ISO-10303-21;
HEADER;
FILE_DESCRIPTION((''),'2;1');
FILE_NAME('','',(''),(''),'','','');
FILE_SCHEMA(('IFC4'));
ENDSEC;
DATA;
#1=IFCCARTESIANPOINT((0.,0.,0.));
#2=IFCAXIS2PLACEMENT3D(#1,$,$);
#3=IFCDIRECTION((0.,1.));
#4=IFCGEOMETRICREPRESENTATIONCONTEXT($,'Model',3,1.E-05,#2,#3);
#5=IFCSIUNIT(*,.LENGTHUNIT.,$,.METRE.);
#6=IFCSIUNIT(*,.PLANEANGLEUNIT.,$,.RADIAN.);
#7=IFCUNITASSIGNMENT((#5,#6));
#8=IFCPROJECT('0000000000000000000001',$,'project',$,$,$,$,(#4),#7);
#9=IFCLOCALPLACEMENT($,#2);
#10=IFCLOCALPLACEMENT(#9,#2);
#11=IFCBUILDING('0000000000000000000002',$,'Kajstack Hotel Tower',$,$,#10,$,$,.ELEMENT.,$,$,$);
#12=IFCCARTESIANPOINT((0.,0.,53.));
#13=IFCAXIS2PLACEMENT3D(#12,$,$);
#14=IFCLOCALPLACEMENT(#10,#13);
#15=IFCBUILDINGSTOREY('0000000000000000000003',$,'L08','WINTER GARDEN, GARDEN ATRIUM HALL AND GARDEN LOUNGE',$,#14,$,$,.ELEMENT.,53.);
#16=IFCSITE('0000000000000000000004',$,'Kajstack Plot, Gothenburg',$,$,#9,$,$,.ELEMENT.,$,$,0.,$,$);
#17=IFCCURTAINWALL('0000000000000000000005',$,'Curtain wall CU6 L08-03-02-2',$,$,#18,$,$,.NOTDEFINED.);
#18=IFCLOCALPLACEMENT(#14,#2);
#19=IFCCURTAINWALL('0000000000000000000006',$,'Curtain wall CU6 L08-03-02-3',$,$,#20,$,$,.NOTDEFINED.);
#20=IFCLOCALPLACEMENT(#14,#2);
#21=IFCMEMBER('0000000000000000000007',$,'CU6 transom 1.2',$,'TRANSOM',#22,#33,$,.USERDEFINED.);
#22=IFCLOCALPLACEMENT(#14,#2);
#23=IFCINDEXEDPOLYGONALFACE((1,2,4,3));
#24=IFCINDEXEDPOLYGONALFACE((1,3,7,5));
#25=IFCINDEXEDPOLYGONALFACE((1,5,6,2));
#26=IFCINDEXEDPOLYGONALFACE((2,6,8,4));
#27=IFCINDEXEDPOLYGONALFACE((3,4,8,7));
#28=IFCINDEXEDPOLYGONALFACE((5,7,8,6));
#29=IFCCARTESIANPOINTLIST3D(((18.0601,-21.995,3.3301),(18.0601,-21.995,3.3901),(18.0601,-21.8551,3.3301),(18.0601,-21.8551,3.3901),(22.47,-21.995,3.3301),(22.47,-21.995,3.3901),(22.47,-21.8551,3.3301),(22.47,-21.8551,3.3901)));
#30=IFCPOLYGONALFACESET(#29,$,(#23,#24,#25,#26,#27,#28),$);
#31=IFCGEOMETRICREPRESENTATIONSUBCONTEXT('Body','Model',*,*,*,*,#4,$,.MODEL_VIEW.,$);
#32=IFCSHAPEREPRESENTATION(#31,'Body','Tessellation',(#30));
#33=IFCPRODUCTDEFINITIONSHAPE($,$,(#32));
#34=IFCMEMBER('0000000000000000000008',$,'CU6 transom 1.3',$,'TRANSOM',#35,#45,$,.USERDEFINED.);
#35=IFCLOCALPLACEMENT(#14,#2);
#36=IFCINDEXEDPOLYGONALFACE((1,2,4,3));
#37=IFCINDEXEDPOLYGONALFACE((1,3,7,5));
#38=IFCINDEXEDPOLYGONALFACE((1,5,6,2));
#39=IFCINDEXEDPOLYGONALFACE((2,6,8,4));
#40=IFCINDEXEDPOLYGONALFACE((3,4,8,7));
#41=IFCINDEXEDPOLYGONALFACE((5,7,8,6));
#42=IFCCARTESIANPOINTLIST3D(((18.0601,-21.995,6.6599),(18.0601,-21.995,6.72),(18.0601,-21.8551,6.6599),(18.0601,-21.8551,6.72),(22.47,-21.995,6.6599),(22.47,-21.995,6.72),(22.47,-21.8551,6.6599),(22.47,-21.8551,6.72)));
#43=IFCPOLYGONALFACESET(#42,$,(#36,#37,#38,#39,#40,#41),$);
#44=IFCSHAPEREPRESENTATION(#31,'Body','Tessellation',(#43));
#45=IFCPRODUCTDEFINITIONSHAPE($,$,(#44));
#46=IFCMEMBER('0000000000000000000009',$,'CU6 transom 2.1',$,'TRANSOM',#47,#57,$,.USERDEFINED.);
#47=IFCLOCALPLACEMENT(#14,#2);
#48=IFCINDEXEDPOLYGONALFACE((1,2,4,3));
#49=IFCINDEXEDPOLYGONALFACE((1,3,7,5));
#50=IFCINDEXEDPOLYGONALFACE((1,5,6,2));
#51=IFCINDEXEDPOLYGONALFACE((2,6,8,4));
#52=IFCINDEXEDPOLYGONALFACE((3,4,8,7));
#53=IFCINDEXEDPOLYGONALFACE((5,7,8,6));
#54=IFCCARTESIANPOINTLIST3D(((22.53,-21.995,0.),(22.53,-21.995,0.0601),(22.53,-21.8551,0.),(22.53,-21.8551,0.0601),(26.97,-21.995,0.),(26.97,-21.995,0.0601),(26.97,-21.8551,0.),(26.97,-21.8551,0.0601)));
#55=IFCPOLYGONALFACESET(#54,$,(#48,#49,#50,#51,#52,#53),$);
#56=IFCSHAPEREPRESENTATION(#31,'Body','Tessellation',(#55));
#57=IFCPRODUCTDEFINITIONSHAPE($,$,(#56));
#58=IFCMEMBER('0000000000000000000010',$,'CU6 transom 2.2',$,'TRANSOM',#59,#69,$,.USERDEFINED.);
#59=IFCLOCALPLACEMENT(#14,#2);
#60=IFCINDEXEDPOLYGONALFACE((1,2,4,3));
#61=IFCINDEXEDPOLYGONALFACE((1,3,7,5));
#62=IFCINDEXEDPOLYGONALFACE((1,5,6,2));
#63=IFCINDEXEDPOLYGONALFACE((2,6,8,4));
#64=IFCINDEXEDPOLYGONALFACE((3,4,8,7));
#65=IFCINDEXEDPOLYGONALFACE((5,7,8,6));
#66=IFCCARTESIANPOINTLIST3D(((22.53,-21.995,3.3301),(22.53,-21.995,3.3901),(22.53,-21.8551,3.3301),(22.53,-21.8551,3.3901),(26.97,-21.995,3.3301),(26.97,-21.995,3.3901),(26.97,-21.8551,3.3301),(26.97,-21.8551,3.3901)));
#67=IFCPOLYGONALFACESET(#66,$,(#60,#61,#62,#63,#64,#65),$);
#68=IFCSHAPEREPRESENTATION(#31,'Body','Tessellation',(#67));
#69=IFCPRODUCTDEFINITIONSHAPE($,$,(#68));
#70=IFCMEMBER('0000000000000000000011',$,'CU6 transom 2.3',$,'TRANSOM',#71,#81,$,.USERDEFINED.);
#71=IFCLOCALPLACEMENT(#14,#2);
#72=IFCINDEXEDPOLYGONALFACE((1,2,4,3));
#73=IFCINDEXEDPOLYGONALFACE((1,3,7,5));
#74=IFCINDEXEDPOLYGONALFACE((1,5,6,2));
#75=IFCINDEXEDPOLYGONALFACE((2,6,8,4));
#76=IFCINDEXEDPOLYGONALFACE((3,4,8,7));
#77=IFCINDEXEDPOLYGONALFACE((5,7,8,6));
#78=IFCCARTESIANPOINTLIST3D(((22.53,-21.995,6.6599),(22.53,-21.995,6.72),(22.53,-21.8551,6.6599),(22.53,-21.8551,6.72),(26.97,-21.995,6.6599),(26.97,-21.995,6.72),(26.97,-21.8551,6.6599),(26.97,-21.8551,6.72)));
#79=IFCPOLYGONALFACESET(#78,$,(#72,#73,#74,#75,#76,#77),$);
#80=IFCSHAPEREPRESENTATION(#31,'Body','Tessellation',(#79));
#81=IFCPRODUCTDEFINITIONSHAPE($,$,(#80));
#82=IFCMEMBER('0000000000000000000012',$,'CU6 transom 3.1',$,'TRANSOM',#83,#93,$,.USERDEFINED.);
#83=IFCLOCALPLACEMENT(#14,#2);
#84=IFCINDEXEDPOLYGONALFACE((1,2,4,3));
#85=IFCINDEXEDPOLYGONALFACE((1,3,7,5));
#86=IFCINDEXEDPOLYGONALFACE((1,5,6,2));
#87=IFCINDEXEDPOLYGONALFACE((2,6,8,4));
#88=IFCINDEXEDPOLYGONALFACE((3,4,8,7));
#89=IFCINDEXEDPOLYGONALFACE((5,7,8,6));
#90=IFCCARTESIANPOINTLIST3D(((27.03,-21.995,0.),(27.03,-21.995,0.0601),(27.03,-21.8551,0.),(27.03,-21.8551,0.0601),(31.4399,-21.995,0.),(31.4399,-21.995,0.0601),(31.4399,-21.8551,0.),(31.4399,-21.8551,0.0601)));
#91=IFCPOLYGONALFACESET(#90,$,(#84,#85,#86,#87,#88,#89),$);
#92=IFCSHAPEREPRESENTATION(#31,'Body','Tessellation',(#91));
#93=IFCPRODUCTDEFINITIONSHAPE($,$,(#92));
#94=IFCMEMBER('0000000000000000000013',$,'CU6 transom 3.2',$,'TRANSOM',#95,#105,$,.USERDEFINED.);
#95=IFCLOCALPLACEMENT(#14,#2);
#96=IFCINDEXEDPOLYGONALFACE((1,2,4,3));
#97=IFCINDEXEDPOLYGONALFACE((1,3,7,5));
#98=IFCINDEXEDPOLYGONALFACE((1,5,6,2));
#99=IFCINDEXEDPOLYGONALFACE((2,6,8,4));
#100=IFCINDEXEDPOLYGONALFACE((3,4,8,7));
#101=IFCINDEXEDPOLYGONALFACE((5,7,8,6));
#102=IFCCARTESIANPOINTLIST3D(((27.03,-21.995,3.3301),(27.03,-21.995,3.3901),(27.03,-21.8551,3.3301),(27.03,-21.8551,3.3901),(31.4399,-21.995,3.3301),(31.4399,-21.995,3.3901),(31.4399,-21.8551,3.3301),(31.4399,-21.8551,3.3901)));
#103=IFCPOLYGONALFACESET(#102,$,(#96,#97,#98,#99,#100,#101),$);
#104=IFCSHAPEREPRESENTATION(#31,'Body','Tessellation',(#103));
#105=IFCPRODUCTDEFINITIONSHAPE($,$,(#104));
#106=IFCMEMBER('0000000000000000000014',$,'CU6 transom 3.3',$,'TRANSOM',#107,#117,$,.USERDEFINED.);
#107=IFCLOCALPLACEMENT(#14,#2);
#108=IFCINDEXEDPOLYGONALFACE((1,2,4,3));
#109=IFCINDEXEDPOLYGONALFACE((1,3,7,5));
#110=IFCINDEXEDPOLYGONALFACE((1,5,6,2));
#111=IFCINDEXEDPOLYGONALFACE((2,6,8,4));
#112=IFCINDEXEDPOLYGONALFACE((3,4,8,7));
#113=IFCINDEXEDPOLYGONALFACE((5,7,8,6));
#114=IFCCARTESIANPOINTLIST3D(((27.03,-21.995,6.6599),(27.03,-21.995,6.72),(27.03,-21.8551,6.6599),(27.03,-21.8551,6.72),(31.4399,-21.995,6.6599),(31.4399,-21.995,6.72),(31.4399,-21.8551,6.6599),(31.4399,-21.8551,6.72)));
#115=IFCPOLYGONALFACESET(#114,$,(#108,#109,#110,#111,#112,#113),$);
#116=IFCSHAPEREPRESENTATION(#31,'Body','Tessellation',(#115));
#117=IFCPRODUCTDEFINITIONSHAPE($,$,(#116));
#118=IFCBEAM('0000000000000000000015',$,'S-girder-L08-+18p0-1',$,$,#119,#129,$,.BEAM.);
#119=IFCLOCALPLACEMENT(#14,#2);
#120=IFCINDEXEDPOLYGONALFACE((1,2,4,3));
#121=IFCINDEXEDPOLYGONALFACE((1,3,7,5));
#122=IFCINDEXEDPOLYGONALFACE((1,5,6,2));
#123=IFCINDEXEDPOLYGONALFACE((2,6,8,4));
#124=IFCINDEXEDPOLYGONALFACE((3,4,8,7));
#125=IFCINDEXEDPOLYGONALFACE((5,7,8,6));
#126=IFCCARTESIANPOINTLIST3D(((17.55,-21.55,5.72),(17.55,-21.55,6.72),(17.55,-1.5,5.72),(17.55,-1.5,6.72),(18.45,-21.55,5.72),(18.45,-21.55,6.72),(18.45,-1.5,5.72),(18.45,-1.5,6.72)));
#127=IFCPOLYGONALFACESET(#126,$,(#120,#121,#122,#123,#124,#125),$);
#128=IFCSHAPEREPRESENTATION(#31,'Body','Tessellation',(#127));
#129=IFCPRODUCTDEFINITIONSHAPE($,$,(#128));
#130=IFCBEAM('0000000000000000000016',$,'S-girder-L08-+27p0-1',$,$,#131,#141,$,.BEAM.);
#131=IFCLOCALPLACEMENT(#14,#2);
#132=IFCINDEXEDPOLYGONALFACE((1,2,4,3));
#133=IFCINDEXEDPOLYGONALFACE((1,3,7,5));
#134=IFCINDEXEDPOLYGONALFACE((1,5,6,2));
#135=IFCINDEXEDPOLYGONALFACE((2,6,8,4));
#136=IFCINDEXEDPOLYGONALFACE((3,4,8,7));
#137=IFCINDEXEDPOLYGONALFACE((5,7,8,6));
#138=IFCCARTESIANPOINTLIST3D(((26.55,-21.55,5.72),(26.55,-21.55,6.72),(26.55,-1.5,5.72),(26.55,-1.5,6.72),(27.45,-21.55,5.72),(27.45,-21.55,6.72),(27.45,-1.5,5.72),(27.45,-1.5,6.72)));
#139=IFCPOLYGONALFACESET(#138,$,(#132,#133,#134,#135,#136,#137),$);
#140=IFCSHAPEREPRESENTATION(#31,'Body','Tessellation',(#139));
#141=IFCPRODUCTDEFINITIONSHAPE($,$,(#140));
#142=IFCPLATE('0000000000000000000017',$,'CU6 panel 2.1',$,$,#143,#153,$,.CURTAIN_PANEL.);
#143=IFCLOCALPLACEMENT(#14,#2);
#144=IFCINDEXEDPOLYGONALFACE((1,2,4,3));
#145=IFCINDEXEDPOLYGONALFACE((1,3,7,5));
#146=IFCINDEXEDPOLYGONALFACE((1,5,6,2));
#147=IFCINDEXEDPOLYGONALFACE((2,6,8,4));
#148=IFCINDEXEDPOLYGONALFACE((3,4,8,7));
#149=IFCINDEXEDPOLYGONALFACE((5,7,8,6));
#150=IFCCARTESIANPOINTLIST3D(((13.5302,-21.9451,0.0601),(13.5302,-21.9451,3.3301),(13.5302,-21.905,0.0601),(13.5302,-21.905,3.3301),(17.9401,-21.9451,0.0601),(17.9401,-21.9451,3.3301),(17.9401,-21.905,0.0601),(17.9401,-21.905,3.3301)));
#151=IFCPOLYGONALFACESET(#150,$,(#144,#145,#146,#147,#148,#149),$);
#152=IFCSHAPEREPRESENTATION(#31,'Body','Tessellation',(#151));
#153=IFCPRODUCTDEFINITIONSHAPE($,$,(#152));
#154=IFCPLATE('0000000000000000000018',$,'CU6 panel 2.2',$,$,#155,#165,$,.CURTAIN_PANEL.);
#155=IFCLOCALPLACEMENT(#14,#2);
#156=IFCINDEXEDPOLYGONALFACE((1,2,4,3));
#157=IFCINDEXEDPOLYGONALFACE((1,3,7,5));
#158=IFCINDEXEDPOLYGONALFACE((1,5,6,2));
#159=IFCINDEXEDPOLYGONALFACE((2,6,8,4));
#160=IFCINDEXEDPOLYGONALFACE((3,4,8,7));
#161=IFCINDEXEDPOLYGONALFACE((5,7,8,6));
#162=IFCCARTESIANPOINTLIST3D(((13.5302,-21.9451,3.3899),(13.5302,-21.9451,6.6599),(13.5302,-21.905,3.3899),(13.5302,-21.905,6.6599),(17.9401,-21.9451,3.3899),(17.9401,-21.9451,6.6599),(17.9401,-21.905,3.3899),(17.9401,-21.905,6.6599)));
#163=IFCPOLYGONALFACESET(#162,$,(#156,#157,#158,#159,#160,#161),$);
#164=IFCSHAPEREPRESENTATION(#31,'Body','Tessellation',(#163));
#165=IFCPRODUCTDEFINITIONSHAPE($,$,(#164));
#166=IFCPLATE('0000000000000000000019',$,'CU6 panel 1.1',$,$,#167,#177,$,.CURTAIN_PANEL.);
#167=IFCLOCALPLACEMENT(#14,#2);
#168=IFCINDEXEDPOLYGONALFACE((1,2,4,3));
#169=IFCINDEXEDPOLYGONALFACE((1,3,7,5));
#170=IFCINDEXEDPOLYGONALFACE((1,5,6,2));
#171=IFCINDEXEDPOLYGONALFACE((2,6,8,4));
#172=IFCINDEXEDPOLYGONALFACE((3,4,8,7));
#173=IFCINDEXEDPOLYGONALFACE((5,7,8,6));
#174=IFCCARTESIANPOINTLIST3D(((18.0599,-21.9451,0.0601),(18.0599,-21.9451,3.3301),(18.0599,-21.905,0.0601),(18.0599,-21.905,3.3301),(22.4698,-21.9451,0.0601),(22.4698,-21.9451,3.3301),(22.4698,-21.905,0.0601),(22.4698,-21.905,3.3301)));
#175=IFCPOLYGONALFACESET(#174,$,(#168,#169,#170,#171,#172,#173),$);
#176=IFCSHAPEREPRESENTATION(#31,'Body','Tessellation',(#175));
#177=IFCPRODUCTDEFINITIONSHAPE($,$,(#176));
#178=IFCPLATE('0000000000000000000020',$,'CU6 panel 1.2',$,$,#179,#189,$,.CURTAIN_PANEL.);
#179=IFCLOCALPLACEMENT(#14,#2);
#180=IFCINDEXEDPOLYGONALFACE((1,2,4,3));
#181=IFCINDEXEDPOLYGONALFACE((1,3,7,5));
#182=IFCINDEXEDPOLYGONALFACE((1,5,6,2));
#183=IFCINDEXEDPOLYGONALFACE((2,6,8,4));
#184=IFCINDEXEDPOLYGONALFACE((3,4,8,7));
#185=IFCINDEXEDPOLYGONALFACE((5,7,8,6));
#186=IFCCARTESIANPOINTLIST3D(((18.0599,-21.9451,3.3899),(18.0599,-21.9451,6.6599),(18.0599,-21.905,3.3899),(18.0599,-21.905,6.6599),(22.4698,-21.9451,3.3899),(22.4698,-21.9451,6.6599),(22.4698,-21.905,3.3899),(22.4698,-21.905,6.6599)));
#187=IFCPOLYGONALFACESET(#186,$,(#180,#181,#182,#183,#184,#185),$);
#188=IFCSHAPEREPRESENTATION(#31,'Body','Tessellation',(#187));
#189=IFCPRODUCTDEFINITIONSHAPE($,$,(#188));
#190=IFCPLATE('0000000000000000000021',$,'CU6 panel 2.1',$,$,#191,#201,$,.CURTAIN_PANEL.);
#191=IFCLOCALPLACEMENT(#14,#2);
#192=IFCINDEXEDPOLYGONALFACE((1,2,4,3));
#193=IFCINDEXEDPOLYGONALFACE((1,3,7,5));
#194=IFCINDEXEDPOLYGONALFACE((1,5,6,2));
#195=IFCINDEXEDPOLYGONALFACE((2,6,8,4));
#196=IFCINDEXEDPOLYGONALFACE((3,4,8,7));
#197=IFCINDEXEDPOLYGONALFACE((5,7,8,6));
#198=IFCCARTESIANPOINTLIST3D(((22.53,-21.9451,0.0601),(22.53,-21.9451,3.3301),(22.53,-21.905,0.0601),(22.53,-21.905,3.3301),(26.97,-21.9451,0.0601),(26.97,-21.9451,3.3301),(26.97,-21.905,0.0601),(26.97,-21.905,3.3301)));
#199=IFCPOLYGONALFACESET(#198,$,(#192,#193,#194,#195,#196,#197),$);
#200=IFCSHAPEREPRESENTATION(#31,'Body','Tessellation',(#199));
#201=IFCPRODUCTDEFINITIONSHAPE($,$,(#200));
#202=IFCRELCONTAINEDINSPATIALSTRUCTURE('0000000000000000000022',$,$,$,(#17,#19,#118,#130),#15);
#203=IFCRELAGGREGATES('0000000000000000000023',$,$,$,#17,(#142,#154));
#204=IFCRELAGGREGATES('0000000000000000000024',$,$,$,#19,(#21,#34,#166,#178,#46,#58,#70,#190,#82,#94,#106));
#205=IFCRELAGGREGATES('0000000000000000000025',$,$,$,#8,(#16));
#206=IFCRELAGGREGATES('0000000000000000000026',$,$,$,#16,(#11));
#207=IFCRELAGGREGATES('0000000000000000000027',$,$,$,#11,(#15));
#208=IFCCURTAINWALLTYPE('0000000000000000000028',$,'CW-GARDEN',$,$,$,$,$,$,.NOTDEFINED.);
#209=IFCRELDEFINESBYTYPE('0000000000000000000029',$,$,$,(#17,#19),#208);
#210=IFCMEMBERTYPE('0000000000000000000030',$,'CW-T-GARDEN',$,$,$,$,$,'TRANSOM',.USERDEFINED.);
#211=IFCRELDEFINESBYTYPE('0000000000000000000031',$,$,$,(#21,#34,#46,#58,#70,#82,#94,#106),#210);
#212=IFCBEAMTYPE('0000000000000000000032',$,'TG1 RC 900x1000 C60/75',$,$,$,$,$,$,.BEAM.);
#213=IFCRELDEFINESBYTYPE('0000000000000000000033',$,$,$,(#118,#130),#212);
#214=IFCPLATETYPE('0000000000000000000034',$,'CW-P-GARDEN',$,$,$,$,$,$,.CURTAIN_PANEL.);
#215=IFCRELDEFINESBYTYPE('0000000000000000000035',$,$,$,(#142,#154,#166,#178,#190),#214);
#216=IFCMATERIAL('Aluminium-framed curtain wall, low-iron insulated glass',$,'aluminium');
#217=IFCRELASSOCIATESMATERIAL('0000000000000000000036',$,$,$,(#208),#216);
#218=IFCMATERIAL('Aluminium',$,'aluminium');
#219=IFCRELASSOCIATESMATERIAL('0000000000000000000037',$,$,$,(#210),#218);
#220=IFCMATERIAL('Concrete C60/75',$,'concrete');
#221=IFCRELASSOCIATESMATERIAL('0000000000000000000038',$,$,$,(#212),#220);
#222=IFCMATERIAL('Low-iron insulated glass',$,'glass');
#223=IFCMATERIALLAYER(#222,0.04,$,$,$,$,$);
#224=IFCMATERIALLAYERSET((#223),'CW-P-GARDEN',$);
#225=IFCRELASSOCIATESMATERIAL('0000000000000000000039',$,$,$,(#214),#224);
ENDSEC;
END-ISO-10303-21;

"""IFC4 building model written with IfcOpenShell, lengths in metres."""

from ifc_helpers import new_model, si_unit, direction, frame, origin, origin_2d, place, context, subcontext, project, spatial, rectangle, extrude, material, layer, layer_set, material_profile, profile_set, type_object, element, aggregate, save


model = new_model("IFC4")

# Units and contexts
model_context = context("Model", 3, precision=1e-05, world=origin(), true_north=direction((0.0, 1.0)))
body_context = subcontext(model_context, "Body", "Model", "MODEL_VIEW")
ifc_project = project(units=[si_unit("LENGTHUNIT", "METRE"), si_unit("PLANEANGLEUNIT", "RADIAN")], contexts=[model_context])

# Site, building, storey
site_placement = place(None, origin())
site = spatial("IfcSite", under=ifc_project, at=site_placement, Name="Kajstack Plot, Gothenburg", CompositionType="ELEMENT", RefElevation=0.0)
building_placement = place(site_placement, origin())
building = spatial("IfcBuilding", under=site, at=building_placement, Name="Kajstack Hotel Tower", CompositionType="ELEMENT")
storey_placement = place(building_placement, frame((0.0, 0.0, 53.0)))
storey = spatial("IfcBuildingStorey", under=building, at=storey_placement, Name="L08", Description="WINTER GARDEN, GARDEN ATRIUM HALL AND GARDEN LOUNGE", CompositionType="ELEMENT", Elevation=53.0)

# Shared definitions
ifc_material_1 = material(Name="Concrete C60/75", Category="concrete")

# Curtain walls
ifc_material_2 = material(Name="Aluminium-framed curtain wall, low-iron insulated glass", Category="aluminium")
curtain_wall_type = type_object("IfcCurtainWallType", Name="CW-GARDEN", PredefinedType="NOTDEFINED", material=ifc_material_2)
curtain_wall_1_placement = place(storey_placement, origin())
curtain_wall_1 = element("IfcCurtainWall", 1, at=curtain_wall_1_placement, inside=storey, type_object=curtain_wall_type, Name="Curtain wall CU6 L08-03-02-2", PredefinedType="NOTDEFINED")
ifc_material_3 = material(Name="Aluminium", Category="aluminium")
curtain_wall_2_placement = place(storey_placement, origin())
curtain_wall_2 = element("IfcCurtainWall", 2, at=curtain_wall_2_placement, inside=storey, type_object=curtain_wall_type, Name="Curtain wall CU6 L08-03-02-3", PredefinedType="NOTDEFINED")

# Members
ifc_material_profile_1 = material_profile(ifc_material_3, rectangle(XDim=0.1399, YDim=0.0601, at=origin_2d()), Name="Aluminium transom 140 x 60")
ifc_profile_set_1 = profile_set([ifc_material_profile_1], Name="Aluminium")
member_type_1 = type_object("IfcMemberType", Name="CW-T-GARDEN", ElementType="TRANSOM", PredefinedType="USERDEFINED", material=ifc_profile_set_1)
member_1_placement = place(storey_placement, frame((18.0601, -21.925, 3.3601), z_axis=(1.0, 0.0, 0.0), x_axis=(0.0, 1.0, 0.0)))
member_1 = element("IfcMember", 3, at=member_1_placement, type_object=member_type_1, Name="CU6 transom 1.2", ObjectType="TRANSOM", PredefinedType="USERDEFINED", context=body_context, shape_type="SweptSolid", body=[
    extrude(rectangle(XDim=0.1399, YDim=0.0601, at=origin_2d()), origin(), (0.0, 0.0, 1.0), 4.4099),
])
member_2_placement = place(storey_placement, frame((18.0601, -21.925, 6.6899), z_axis=(1.0, 0.0, 0.0), x_axis=(0.0, 1.0, 0.0)))
member_2 = element("IfcMember", 4, at=member_2_placement, type_object=member_type_1, Name="CU6 transom 1.3", ObjectType="TRANSOM", PredefinedType="USERDEFINED", context=body_context, shape_type="SweptSolid", body=[
    extrude(rectangle(XDim=0.1399, YDim=0.0601, at=origin_2d()), origin(), (0.0, 0.0, 1.0), 4.4099),
])
member_3_placement = place(storey_placement, frame((22.53, -21.925, 0.03), z_axis=(1.0, 0.0, 0.0), x_axis=(0.0, 1.0, 0.0)))
member_3 = element("IfcMember", 5, at=member_3_placement, type_object=member_type_1, Name="CU6 transom 2.1", ObjectType="TRANSOM", PredefinedType="USERDEFINED", context=body_context, shape_type="SweptSolid", body=[
    extrude(rectangle(XDim=0.1399, YDim=0.0601, at=origin_2d()), origin(), (0.0, 0.0, 1.0), 4.4399),
])
member_4_placement = place(storey_placement, frame((22.53, -21.925, 3.3601), z_axis=(1.0, 0.0, 0.0), x_axis=(0.0, 1.0, 0.0)))
member_4 = element("IfcMember", 6, at=member_4_placement, type_object=member_type_1, Name="CU6 transom 2.2", ObjectType="TRANSOM", PredefinedType="USERDEFINED", context=body_context, shape_type="SweptSolid", body=[
    extrude(rectangle(XDim=0.1399, YDim=0.0601, at=origin_2d()), origin(), (0.0, 0.0, 1.0), 4.4399),
])
member_5_placement = place(storey_placement, frame((22.53, -21.925, 6.6899), z_axis=(1.0, 0.0, 0.0), x_axis=(0.0, 1.0, 0.0)))
member_5 = element("IfcMember", 7, at=member_5_placement, type_object=member_type_1, Name="CU6 transom 2.3", ObjectType="TRANSOM", PredefinedType="USERDEFINED", context=body_context, shape_type="SweptSolid", body=[
    extrude(rectangle(XDim=0.1399, YDim=0.0601, at=origin_2d()), origin(), (0.0, 0.0, 1.0), 4.4399),
])
member_6_placement = place(storey_placement, frame((27.03, -21.925, 0.03), z_axis=(1.0, 0.0, 0.0), x_axis=(0.0, 1.0, 0.0)))
member_6 = element("IfcMember", 8, at=member_6_placement, type_object=member_type_1, Name="CU6 transom 3.1", ObjectType="TRANSOM", PredefinedType="USERDEFINED", context=body_context, shape_type="SweptSolid", body=[
    extrude(rectangle(XDim=0.1399, YDim=0.0601, at=origin_2d()), origin(), (0.0, 0.0, 1.0), 4.4099),
])
member_7_placement = place(storey_placement, frame((27.03, -21.925, 3.3601), z_axis=(1.0, 0.0, 0.0), x_axis=(0.0, 1.0, 0.0)))
member_7 = element("IfcMember", 9, at=member_7_placement, type_object=member_type_1, Name="CU6 transom 3.2", ObjectType="TRANSOM", PredefinedType="USERDEFINED", context=body_context, shape_type="SweptSolid", body=[
    extrude(rectangle(XDim=0.1399, YDim=0.0601, at=origin_2d()), origin(), (0.0, 0.0, 1.0), 4.4099),
])
member_8_placement = place(storey_placement, frame((27.03, -21.925, 6.6899), z_axis=(1.0, 0.0, 0.0), x_axis=(0.0, 1.0, 0.0)))
member_8 = element("IfcMember", 10, at=member_8_placement, type_object=member_type_1, Name="CU6 transom 3.3", ObjectType="TRANSOM", PredefinedType="USERDEFINED", context=body_context, shape_type="SweptSolid", body=[
    extrude(rectangle(XDim=0.1399, YDim=0.0601, at=origin_2d()), origin(), (0.0, 0.0, 1.0), 4.4099),
])

# Beams
ifc_material_profile_2 = material_profile(ifc_material_1, rectangle(XDim=0.8999, YDim=1.0, at=origin_2d()), Name="RC 900x1000")
ifc_profile_set_2 = profile_set([ifc_material_profile_2], Name="Concrete C60/75")
beam_type = type_object("IfcBeamType", Name="TG1 RC 900x1000 C60/75", PredefinedType="BEAM", material=ifc_profile_set_2)
for number, where, z_axis, x_axis, name in (
    (11, (18.0, -21.55, 6.22), (0.0, 1.0, 0.0), (-1.0, 0.0, 0.0), "S-girder-L08-+18p0-1"),
    (12, (27.0, -21.55, 6.22), (0.0, 1.0, 0.0), (-1.0, 0.0, 0.0), "S-girder-L08-+27p0-1"),
):
    element("IfcBeam", number, at=place(storey_placement, frame(where, z_axis=z_axis, x_axis=x_axis)), inside=storey, type_object=beam_type, Name=name, PredefinedType="BEAM", context=body_context, shape_type="SweptSolid", body=[
        extrude(rectangle(XDim=0.8999, YDim=1.0, at=origin_2d()), origin(), (0.0, 0.0, 1.0), 20.05),
    ])

# Plates
ifc_material_4 = material(Name="Low-iron insulated glass", Category="glass")
ifc_layer_1 = layer(ifc_material_4, 0.04)
ifc_layer_set_1 = layer_set([ifc_layer_1], Name="CW-P-GARDEN")
plate_type = type_object("IfcPlateType", Name="CW-P-GARDEN", PredefinedType="CURTAIN_PANEL", material=ifc_layer_set_1)
plate_1_placement = place(storey_placement, frame((15.7351, -21.925, 0.0601), z_axis=(0.0, 0.0, 1.0), x_axis=(1.0, 0.0, 0.0)))
plate_1 = element("IfcPlate", 13, at=plate_1_placement, type_object=plate_type, Name="CU6 panel 2.1", PredefinedType="CURTAIN_PANEL", context=body_context, shape_type="SweptSolid", body=[
    extrude(rectangle(XDim=4.4099, YDim=0.04, at=origin_2d()), origin(), (0.0, 0.0, 1.0), 3.27),
])
plate_2_placement = place(storey_placement, frame((15.7351, -21.925, 3.3899), z_axis=(0.0, 0.0, 1.0), x_axis=(1.0, 0.0, 0.0)))
plate_2 = element("IfcPlate", 14, at=plate_2_placement, type_object=plate_type, Name="CU6 panel 2.2", PredefinedType="CURTAIN_PANEL", context=body_context, shape_type="SweptSolid", body=[
    extrude(rectangle(XDim=4.4099, YDim=0.04, at=origin_2d()), origin(), (0.0, 0.0, 1.0), 3.27),
])
aggregate(curtain_wall_1, [plate_1, plate_2])
plate_3_placement = place(storey_placement, frame((20.2649, -21.925, 0.0601), z_axis=(0.0, 0.0, 1.0), x_axis=(1.0, 0.0, 0.0)))
plate_3 = element("IfcPlate", 15, at=plate_3_placement, type_object=plate_type, Name="CU6 panel 1.1", PredefinedType="CURTAIN_PANEL", context=body_context, shape_type="SweptSolid", body=[
    extrude(rectangle(XDim=4.4099, YDim=0.04, at=origin_2d()), origin(), (0.0, 0.0, 1.0), 3.27),
])
plate_4_placement = place(storey_placement, frame((20.2649, -21.925, 3.3899), z_axis=(0.0, 0.0, 1.0), x_axis=(1.0, 0.0, 0.0)))
plate_4 = element("IfcPlate", 16, at=plate_4_placement, type_object=plate_type, Name="CU6 panel 1.2", PredefinedType="CURTAIN_PANEL", context=body_context, shape_type="SweptSolid", body=[
    extrude(rectangle(XDim=4.4099, YDim=0.04, at=origin_2d()), origin(), (0.0, 0.0, 1.0), 3.27),
])
plate_5_placement = place(storey_placement, frame((24.75, -21.925, 0.0601), z_axis=(0.0, 0.0, 1.0), x_axis=(1.0, 0.0, 0.0)))
plate_5 = element("IfcPlate", 17, at=plate_5_placement, type_object=plate_type, Name="CU6 panel 2.1", PredefinedType="CURTAIN_PANEL", context=body_context, shape_type="SweptSolid", body=[
    extrude(rectangle(XDim=4.4399, YDim=0.04, at=origin_2d()), origin(), (0.0, 0.0, 1.0), 3.27),
])
aggregate(curtain_wall_2, [member_1, member_2, plate_3, plate_4, member_3, member_4, member_5, plate_5, member_6, member_7, member_8])

save(model, "model.ifc")
